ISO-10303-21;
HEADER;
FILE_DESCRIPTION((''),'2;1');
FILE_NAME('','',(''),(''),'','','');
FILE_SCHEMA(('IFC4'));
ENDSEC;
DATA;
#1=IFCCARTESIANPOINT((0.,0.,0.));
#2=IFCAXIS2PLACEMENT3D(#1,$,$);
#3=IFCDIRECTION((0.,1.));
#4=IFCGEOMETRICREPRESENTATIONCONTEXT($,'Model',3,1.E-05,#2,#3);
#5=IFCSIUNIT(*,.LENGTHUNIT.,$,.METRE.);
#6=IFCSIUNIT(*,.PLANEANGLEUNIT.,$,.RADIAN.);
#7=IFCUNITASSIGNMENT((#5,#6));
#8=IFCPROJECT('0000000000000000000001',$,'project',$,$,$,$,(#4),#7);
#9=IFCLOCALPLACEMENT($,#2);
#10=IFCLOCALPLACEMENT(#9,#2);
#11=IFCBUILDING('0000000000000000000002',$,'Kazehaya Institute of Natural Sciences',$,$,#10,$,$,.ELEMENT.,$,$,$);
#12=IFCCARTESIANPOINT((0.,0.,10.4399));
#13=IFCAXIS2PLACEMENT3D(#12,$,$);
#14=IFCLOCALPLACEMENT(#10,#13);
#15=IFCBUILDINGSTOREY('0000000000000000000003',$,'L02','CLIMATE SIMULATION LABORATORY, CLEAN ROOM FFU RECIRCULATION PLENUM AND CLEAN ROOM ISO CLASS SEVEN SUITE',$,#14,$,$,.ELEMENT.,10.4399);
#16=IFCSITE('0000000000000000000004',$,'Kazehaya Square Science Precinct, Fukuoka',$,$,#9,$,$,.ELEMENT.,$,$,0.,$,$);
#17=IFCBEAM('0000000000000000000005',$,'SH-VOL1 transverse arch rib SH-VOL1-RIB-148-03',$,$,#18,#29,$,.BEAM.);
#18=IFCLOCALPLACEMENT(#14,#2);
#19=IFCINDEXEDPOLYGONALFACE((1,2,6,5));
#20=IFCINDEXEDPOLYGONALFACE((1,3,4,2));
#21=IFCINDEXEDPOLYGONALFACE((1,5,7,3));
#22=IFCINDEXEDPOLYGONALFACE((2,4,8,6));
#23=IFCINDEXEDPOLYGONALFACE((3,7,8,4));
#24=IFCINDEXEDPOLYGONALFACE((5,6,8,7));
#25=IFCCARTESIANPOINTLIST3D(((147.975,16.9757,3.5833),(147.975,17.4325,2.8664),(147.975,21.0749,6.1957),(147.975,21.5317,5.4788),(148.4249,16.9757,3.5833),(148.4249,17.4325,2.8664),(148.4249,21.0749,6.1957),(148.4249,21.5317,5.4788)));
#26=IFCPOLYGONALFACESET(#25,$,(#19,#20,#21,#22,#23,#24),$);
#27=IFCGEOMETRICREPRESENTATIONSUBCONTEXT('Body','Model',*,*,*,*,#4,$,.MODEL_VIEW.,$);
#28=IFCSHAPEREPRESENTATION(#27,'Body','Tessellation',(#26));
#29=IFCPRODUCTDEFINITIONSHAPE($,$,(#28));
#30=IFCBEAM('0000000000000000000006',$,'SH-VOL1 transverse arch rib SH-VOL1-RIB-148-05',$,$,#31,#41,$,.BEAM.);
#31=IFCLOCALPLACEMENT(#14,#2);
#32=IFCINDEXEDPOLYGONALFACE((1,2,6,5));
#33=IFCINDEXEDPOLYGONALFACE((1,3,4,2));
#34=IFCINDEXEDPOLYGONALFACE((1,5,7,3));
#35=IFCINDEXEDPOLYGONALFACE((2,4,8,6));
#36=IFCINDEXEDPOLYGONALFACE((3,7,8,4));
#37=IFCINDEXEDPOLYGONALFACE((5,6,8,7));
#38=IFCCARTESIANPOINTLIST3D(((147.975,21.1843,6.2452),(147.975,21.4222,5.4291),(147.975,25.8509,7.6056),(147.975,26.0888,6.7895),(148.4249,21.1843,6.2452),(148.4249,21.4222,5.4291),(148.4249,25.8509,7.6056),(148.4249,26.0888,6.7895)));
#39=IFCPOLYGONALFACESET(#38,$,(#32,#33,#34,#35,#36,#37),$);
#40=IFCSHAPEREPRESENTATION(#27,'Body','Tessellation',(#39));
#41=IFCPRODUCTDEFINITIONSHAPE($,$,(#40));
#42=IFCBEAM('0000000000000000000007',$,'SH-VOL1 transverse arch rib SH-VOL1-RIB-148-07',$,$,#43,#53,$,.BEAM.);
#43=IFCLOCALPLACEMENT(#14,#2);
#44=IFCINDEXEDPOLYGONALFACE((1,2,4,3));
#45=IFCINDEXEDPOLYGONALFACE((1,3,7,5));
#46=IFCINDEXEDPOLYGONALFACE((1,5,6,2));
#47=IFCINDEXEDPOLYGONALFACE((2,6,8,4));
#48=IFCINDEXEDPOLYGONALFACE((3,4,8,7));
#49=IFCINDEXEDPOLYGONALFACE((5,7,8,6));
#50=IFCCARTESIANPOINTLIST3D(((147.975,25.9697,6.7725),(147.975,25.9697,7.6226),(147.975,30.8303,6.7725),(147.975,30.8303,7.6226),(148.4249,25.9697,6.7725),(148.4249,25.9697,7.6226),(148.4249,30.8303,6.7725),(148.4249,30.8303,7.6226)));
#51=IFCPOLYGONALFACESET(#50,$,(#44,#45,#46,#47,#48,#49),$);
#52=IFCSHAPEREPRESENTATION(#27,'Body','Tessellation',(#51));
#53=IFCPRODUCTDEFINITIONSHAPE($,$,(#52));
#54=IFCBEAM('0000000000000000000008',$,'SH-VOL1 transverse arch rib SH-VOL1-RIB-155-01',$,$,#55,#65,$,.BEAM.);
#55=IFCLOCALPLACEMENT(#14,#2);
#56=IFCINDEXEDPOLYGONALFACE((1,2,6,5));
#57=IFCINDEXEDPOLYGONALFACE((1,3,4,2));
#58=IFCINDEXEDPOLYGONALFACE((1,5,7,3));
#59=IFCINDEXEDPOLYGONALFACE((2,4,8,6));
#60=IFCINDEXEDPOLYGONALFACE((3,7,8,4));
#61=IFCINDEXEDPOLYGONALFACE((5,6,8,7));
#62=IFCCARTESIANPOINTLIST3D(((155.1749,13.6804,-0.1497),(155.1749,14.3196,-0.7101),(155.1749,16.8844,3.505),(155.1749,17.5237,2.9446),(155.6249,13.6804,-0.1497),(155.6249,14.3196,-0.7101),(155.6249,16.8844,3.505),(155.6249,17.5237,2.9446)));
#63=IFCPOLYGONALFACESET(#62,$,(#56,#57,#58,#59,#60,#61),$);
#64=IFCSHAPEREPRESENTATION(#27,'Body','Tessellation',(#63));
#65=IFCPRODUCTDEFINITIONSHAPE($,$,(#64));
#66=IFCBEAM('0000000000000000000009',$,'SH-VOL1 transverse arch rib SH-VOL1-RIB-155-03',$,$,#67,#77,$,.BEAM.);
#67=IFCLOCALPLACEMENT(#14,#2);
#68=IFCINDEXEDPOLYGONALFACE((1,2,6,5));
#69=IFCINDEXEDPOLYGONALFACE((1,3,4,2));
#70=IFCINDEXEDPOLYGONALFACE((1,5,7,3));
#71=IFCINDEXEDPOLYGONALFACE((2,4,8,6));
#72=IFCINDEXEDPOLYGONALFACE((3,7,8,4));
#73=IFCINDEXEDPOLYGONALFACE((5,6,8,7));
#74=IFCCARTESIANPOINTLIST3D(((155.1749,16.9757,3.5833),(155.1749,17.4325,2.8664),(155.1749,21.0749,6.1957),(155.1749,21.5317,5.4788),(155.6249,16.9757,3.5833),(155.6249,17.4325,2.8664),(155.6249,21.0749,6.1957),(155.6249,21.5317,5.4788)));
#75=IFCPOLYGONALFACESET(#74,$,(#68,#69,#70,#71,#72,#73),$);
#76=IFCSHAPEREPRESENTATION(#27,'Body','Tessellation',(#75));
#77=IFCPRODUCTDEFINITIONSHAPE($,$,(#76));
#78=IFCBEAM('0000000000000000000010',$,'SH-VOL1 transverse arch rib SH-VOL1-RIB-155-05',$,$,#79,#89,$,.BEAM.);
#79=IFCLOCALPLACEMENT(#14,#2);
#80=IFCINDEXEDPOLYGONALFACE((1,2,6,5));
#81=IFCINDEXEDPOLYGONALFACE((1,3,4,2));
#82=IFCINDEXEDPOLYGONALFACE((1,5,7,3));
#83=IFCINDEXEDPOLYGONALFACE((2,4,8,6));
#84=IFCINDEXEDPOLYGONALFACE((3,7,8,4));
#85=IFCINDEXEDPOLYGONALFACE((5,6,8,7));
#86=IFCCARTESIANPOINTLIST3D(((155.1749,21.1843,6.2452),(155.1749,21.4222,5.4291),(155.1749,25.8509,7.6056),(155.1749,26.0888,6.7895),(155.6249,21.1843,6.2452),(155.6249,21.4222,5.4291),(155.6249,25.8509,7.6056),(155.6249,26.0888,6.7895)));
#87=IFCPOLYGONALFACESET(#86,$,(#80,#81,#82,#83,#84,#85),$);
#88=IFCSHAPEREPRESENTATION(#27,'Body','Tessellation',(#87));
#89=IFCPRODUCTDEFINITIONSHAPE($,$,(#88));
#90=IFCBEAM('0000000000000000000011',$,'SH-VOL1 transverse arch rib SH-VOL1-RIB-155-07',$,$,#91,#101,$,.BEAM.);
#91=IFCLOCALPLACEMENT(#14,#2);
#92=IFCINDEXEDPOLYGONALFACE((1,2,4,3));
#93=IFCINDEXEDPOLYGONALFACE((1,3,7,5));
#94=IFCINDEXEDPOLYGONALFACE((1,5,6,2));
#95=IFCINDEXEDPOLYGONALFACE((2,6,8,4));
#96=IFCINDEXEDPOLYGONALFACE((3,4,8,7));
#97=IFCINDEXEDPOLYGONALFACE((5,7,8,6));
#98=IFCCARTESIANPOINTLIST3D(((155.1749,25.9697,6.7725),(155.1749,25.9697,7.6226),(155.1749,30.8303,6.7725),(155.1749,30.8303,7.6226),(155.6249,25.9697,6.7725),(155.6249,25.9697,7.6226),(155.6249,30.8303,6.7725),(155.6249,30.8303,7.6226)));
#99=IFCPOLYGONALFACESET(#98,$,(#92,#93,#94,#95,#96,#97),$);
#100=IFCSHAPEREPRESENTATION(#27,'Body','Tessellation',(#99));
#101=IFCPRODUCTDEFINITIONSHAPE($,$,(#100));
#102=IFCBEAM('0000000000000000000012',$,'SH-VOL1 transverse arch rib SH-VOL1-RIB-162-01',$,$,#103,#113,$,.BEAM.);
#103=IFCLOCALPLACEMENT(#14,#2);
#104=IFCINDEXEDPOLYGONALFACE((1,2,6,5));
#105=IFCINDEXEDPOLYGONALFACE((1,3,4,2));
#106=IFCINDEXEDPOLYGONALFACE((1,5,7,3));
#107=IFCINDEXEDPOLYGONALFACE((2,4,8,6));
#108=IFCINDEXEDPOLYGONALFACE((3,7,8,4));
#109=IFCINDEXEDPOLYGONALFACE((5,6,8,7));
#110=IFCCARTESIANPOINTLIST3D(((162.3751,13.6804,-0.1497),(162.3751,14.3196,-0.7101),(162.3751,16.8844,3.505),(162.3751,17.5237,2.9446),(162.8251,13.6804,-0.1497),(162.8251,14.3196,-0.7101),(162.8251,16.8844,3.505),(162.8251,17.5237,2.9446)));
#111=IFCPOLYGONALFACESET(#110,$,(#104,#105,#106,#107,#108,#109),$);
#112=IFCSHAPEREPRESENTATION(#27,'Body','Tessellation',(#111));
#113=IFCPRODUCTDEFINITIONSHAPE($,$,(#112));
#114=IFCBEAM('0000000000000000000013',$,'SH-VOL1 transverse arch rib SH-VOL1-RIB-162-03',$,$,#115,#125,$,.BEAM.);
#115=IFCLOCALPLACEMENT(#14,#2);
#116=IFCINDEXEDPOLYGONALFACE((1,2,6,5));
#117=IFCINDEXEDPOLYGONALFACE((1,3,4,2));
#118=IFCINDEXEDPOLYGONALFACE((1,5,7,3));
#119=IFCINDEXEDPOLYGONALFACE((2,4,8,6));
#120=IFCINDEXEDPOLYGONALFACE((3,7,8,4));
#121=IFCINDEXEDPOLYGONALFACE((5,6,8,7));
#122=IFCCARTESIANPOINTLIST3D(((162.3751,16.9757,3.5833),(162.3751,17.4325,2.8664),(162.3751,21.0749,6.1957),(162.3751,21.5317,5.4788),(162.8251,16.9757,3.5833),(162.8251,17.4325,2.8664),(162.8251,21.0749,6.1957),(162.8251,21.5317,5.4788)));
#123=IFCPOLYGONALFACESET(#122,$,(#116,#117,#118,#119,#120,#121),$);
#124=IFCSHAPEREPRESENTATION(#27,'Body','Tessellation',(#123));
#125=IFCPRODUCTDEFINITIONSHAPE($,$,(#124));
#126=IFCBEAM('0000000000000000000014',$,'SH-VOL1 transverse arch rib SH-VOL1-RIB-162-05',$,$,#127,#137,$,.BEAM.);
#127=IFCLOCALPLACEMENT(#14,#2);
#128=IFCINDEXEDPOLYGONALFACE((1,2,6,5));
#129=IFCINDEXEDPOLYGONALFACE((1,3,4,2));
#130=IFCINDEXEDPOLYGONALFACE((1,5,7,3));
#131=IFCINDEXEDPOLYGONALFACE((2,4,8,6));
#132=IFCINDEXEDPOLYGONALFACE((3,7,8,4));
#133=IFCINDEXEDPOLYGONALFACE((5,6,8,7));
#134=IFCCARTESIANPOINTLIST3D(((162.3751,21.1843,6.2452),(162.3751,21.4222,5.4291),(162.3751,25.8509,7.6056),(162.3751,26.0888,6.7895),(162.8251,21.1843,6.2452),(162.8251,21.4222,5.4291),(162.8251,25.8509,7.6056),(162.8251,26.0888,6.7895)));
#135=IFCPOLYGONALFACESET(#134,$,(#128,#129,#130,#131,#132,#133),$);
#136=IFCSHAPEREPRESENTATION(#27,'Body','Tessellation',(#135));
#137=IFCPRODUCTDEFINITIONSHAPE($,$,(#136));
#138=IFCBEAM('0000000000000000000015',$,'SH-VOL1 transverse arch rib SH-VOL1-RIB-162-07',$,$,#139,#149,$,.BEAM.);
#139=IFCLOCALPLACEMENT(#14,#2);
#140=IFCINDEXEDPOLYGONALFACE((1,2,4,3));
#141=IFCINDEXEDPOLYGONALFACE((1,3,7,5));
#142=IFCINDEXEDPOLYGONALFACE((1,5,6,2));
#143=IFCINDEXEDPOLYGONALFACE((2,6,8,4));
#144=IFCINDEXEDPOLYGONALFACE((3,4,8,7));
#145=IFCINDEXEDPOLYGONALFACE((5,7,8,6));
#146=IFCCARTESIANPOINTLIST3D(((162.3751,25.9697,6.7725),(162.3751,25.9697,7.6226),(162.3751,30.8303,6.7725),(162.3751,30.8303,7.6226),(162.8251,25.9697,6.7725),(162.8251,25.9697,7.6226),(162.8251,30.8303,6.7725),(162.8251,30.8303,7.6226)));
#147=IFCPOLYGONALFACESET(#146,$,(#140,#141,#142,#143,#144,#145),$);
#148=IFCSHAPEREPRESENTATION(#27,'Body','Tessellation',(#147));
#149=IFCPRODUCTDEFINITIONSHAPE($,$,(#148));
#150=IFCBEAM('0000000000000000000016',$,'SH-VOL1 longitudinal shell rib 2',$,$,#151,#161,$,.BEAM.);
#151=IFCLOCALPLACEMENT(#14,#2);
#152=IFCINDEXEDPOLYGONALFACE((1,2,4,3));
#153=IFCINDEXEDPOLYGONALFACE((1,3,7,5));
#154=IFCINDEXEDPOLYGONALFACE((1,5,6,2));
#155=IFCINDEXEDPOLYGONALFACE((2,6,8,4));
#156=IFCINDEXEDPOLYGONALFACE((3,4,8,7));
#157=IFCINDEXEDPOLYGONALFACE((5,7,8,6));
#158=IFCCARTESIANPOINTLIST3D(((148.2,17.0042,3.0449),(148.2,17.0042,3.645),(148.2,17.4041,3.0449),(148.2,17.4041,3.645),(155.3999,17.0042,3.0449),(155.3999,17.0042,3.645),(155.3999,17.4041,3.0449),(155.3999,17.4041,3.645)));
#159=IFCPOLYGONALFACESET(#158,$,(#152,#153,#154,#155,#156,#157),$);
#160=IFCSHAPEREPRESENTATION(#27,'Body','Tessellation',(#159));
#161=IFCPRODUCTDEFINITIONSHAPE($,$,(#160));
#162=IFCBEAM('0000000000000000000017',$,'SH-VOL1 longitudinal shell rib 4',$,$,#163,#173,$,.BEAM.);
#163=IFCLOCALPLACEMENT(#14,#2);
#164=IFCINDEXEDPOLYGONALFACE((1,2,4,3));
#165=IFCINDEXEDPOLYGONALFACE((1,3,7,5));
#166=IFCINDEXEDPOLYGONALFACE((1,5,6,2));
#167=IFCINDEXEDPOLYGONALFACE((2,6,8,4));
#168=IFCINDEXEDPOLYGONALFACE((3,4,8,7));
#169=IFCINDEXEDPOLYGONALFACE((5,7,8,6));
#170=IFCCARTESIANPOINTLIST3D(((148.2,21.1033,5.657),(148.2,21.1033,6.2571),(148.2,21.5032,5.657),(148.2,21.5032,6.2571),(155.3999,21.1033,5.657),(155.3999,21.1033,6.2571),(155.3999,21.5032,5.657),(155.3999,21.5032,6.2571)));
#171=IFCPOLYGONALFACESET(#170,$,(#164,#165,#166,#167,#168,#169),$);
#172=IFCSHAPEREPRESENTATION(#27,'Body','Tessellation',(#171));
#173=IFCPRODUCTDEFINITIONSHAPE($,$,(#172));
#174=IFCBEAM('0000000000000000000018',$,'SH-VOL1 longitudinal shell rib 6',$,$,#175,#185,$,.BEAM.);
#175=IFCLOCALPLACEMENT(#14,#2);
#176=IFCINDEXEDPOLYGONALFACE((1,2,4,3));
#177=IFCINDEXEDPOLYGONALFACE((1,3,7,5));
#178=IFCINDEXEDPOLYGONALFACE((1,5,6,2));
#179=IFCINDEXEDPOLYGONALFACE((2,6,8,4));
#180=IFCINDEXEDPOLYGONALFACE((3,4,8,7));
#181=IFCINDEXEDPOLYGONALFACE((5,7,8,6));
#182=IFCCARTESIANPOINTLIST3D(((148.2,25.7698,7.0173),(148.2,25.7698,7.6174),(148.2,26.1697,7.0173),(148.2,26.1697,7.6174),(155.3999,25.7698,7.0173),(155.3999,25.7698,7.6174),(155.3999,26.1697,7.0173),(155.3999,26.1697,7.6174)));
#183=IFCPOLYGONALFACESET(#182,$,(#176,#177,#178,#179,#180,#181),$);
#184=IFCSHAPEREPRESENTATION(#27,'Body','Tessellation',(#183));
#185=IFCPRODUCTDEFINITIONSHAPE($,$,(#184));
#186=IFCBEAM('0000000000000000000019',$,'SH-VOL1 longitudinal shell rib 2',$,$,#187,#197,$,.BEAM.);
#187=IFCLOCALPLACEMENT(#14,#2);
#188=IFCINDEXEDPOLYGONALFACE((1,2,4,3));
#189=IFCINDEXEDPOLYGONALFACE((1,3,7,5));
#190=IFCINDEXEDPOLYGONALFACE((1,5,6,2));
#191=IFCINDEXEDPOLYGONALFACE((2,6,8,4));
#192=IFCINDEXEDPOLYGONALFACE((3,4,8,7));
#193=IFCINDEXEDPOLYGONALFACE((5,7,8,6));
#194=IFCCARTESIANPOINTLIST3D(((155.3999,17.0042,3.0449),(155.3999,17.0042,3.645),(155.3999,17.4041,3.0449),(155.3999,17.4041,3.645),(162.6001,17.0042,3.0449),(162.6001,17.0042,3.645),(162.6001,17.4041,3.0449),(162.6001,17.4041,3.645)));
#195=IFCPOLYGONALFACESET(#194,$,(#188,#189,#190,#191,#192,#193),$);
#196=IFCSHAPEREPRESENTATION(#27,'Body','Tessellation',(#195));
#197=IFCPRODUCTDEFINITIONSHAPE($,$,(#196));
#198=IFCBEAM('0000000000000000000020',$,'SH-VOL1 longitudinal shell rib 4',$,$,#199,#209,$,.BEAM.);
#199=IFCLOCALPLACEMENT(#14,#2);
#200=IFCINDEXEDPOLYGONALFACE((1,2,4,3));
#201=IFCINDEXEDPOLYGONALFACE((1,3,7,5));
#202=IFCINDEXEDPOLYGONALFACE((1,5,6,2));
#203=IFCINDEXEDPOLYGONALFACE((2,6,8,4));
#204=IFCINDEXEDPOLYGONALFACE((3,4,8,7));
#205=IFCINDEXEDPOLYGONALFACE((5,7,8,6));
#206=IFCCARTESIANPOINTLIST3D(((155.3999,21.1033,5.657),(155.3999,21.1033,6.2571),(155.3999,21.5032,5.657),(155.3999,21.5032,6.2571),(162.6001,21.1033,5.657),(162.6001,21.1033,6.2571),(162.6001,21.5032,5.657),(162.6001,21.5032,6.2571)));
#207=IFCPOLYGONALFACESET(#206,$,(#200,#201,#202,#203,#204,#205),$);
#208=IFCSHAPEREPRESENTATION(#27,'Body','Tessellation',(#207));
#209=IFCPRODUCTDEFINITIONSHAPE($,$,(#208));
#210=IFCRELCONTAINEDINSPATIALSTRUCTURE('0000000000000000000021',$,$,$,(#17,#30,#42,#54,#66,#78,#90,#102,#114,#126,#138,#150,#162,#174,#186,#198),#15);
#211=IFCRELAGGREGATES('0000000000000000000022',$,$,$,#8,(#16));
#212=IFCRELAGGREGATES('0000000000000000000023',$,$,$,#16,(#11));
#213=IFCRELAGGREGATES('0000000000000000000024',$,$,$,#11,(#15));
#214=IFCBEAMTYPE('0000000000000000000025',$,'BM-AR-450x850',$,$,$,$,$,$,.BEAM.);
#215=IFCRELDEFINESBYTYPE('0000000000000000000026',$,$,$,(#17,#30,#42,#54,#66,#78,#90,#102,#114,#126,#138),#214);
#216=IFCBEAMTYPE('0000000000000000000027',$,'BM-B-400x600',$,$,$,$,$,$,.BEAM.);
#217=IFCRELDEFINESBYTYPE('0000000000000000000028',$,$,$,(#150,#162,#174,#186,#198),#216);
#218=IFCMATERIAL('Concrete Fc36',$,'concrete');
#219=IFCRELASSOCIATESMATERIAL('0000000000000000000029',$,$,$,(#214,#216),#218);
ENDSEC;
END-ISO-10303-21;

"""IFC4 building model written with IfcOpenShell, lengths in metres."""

from ifc_helpers import new_model, si_unit, direction, frame, origin, origin_2d, place, context, subcontext, project, spatial, rectangle, extrude, material, material_profile, profile_set, type_object, element, save


model = new_model("IFC4")

# Units and contexts
model_context = context("Model", 3, precision=1e-05, world=origin(), true_north=direction((0.0, 1.0)))
body_context = subcontext(model_context, "Body", "Model", "MODEL_VIEW")
ifc_project = project(units=[si_unit("LENGTHUNIT", "METRE"), si_unit("PLANEANGLEUNIT", "RADIAN")], contexts=[model_context])

# Site, building, storey
site_placement = place(None, origin())
site = spatial("IfcSite", under=ifc_project, at=site_placement, Name="Kazehaya Square Science Precinct, Fukuoka", CompositionType="ELEMENT", RefElevation=0.0)
building_placement = place(site_placement, origin())
building = spatial("IfcBuilding", under=site, at=building_placement, Name="Kazehaya Institute of Natural Sciences", CompositionType="ELEMENT")
storey_placement = place(building_placement, frame((0.0, 0.0, 10.4399)))
storey = spatial("IfcBuildingStorey", under=building, at=storey_placement, Name="L02", Description="CLIMATE SIMULATION LABORATORY, CLEAN ROOM FFU RECIRCULATION PLENUM AND CLEAN ROOM ISO CLASS SEVEN SUITE", CompositionType="ELEMENT", Elevation=10.4399)

# Beams
ifc_material_1 = material(Name="Concrete Fc36", Category="concrete")
ifc_material_profile_1 = material_profile(ifc_material_1, rectangle(XDim=0.45, YDim=0.8501, at=origin_2d()), Name="RC-450x850")
ifc_profile_set_1 = profile_set([ifc_material_profile_1], Name="Concrete Fc36")
beam_type_1 = type_object("IfcBeamType", Name="BM-AR-450x850", PredefinedType="BEAM", material=ifc_profile_set_1)
for number, where, z_axis, x_axis, name in (
    (1, (148.2, 17.2041, 3.2249), (0.0, 0.84331, 0.537428), (-1.0, 0.0, 0.0), "SH-VOL1 transverse arch rib SH-VOL1-RIB-148-03"),
    (2, (148.2, 21.3032, 5.8372), (0.0, 0.960039, 0.279865), (-1.0, 0.0, 0.0), "SH-VOL1 transverse arch rib SH-VOL1-RIB-148-05"),
):
    element("IfcBeam", number, at=place(storey_placement, frame(where, z_axis=z_axis, x_axis=x_axis)), inside=storey, type_object=beam_type_1, Name=name, PredefinedType="BEAM", context=body_context, shape_type="SweptSolid", body=[
        extrude(rectangle(XDim=0.45, YDim=0.8501, at=origin_2d()), origin(), (0.0, 0.0, 1.0), 4.8608),
    ])
beam_1_placement = place(storey_placement, frame((148.2, 25.9697, 7.1975), z_axis=(0.0, 1.0, 0.0), x_axis=(-1.0, 0.0, 0.0)))
element("IfcBeam", 3, at=beam_1_placement, inside=storey, type_object=beam_type_1, Name="SH-VOL1 transverse arch rib SH-VOL1-RIB-148-07", PredefinedType="BEAM", context=body_context, shape_type="SweptSolid", body=[
    extrude(rectangle(XDim=0.45, YDim=0.8501, at=origin_2d()), origin(), (0.0, 0.0, 1.0), 4.8606),
])
beam_2_placement = place(storey_placement, frame((155.3999, 14.0, -0.4299), z_axis=(0.0, 0.659223, 0.751948), x_axis=(-1.0, 0.0, 0.0)))
element("IfcBeam", 4, at=beam_2_placement, inside=storey, type_object=beam_type_1, Name="SH-VOL1 transverse arch rib SH-VOL1-RIB-155-01", PredefinedType="BEAM", context=body_context, shape_type="SweptSolid", body=[
    extrude(rectangle(XDim=0.45, YDim=0.8501, at=origin_2d()), origin(), (0.0, 0.0, 1.0), 4.8604),
])
for number, where, z_axis, x_axis, name in (
    (5, (155.3999, 17.2041, 3.2249), (0.0, 0.84331, 0.537428), (-1.0, 0.0, 0.0), "SH-VOL1 transverse arch rib SH-VOL1-RIB-155-03"),
    (6, (155.3999, 21.3032, 5.8372), (0.0, 0.960039, 0.279865), (-1.0, 0.0, 0.0), "SH-VOL1 transverse arch rib SH-VOL1-RIB-155-05"),
):
    element("IfcBeam", number, at=place(storey_placement, frame(where, z_axis=z_axis, x_axis=x_axis)), inside=storey, type_object=beam_type_1, Name=name, PredefinedType="BEAM", context=body_context, shape_type="SweptSolid", body=[
        extrude(rectangle(XDim=0.45, YDim=0.8501, at=origin_2d()), origin(), (0.0, 0.0, 1.0), 4.8608),
    ])
beam_3_placement = place(storey_placement, frame((155.3999, 25.9697, 7.1975), z_axis=(0.0, 1.0, 0.0), x_axis=(-1.0, 0.0, 0.0)))
element("IfcBeam", 7, at=beam_3_placement, inside=storey, type_object=beam_type_1, Name="SH-VOL1 transverse arch rib SH-VOL1-RIB-155-07", PredefinedType="BEAM", context=body_context, shape_type="SweptSolid", body=[
    extrude(rectangle(XDim=0.45, YDim=0.8501, at=origin_2d()), origin(), (0.0, 0.0, 1.0), 4.8606),
])
beam_4_placement = place(storey_placement, frame((162.6001, 14.0, -0.4299), z_axis=(0.0, 0.659223, 0.751948), x_axis=(-1.0, 0.0, 0.0)))
element("IfcBeam", 8, at=beam_4_placement, inside=storey, type_object=beam_type_1, Name="SH-VOL1 transverse arch rib SH-VOL1-RIB-162-01", PredefinedType="BEAM", context=body_context, shape_type="SweptSolid", body=[
    extrude(rectangle(XDim=0.45, YDim=0.8501, at=origin_2d()), origin(), (0.0, 0.0, 1.0), 4.8604),
])
for number, where, z_axis, x_axis, name in (
    (9, (162.6001, 17.2041, 3.2249), (0.0, 0.84331, 0.537428), (-1.0, 0.0, 0.0), "SH-VOL1 transverse arch rib SH-VOL1-RIB-162-03"),
    (10, (162.6001, 21.3032, 5.8372), (0.0, 0.960039, 0.279865), (-1.0, 0.0, 0.0), "SH-VOL1 transverse arch rib SH-VOL1-RIB-162-05"),
):
    element("IfcBeam", number, at=place(storey_placement, frame(where, z_axis=z_axis, x_axis=x_axis)), inside=storey, type_object=beam_type_1, Name=name, PredefinedType="BEAM", context=body_context, shape_type="SweptSolid", body=[
        extrude(rectangle(XDim=0.45, YDim=0.8501, at=origin_2d()), origin(), (0.0, 0.0, 1.0), 4.8608),
    ])
beam_5_placement = place(storey_placement, frame((162.6001, 25.9697, 7.1975), z_axis=(0.0, 1.0, 0.0), x_axis=(-1.0, 0.0, 0.0)))
element("IfcBeam", 11, at=beam_5_placement, inside=storey, type_object=beam_type_1, Name="SH-VOL1 transverse arch rib SH-VOL1-RIB-162-07", PredefinedType="BEAM", context=body_context, shape_type="SweptSolid", body=[
    extrude(rectangle(XDim=0.45, YDim=0.8501, at=origin_2d()), origin(), (0.0, 0.0, 1.0), 4.8606),
])
ifc_material_profile_2 = material_profile(ifc_material_1, rectangle(XDim=0.3999, YDim=0.6001, at=origin_2d()), Name="RC-400x600")
ifc_profile_set_2 = profile_set([ifc_material_profile_2], Name="Concrete Fc36")
beam_type_2 = type_object("IfcBeamType", Name="BM-B-400x600", PredefinedType="BEAM", material=ifc_profile_set_2)
for number, where, z_axis, x_axis, name in (
    (12, (148.2, 17.2041, 3.345), (1.0, 0.0, 0.0), (0.0, 1.0, 0.0), "SH-VOL1 longitudinal shell rib 2"),
    (13, (148.2, 21.3032, 5.957), (1.0, 0.0, 0.0), (0.0, 1.0, 0.0), "SH-VOL1 longitudinal shell rib 4"),
    (14, (148.2, 25.9697, 7.3174), (1.0, 0.0, 0.0), (0.0, 1.0, 0.0), "SH-VOL1 longitudinal shell rib 6"),
):
    element("IfcBeam", number, at=place(storey_placement, frame(where, z_axis=z_axis, x_axis=x_axis)), inside=storey, type_object=beam_type_2, Name=name, PredefinedType="BEAM", context=body_context, shape_type="SweptSolid", body=[
        extrude(rectangle(XDim=0.3999, YDim=0.6001, at=origin_2d()), origin(), (0.0, 0.0, 1.0), 7.2),
    ])
for number, where, z_axis, x_axis, name in (
    (15, (155.3999, 17.2041, 3.345), (1.0, 0.0, 0.0), (0.0, 1.0, 0.0), "SH-VOL1 longitudinal shell rib 2"),
    (16, (155.3999, 21.3032, 5.957), (1.0, 0.0, 0.0), (0.0, 1.0, 0.0), "SH-VOL1 longitudinal shell rib 4"),
):
    element("IfcBeam", number, at=place(storey_placement, frame(where, z_axis=z_axis, x_axis=x_axis)), inside=storey, type_object=beam_type_2, Name=name, PredefinedType="BEAM", context=body_context, shape_type="SweptSolid", body=[
        extrude(rectangle(XDim=0.3999, YDim=0.6001, at=origin_2d()), origin(), (0.0, 0.0, 1.0), 7.2002),
    ])

save(model, "model.ifc")
